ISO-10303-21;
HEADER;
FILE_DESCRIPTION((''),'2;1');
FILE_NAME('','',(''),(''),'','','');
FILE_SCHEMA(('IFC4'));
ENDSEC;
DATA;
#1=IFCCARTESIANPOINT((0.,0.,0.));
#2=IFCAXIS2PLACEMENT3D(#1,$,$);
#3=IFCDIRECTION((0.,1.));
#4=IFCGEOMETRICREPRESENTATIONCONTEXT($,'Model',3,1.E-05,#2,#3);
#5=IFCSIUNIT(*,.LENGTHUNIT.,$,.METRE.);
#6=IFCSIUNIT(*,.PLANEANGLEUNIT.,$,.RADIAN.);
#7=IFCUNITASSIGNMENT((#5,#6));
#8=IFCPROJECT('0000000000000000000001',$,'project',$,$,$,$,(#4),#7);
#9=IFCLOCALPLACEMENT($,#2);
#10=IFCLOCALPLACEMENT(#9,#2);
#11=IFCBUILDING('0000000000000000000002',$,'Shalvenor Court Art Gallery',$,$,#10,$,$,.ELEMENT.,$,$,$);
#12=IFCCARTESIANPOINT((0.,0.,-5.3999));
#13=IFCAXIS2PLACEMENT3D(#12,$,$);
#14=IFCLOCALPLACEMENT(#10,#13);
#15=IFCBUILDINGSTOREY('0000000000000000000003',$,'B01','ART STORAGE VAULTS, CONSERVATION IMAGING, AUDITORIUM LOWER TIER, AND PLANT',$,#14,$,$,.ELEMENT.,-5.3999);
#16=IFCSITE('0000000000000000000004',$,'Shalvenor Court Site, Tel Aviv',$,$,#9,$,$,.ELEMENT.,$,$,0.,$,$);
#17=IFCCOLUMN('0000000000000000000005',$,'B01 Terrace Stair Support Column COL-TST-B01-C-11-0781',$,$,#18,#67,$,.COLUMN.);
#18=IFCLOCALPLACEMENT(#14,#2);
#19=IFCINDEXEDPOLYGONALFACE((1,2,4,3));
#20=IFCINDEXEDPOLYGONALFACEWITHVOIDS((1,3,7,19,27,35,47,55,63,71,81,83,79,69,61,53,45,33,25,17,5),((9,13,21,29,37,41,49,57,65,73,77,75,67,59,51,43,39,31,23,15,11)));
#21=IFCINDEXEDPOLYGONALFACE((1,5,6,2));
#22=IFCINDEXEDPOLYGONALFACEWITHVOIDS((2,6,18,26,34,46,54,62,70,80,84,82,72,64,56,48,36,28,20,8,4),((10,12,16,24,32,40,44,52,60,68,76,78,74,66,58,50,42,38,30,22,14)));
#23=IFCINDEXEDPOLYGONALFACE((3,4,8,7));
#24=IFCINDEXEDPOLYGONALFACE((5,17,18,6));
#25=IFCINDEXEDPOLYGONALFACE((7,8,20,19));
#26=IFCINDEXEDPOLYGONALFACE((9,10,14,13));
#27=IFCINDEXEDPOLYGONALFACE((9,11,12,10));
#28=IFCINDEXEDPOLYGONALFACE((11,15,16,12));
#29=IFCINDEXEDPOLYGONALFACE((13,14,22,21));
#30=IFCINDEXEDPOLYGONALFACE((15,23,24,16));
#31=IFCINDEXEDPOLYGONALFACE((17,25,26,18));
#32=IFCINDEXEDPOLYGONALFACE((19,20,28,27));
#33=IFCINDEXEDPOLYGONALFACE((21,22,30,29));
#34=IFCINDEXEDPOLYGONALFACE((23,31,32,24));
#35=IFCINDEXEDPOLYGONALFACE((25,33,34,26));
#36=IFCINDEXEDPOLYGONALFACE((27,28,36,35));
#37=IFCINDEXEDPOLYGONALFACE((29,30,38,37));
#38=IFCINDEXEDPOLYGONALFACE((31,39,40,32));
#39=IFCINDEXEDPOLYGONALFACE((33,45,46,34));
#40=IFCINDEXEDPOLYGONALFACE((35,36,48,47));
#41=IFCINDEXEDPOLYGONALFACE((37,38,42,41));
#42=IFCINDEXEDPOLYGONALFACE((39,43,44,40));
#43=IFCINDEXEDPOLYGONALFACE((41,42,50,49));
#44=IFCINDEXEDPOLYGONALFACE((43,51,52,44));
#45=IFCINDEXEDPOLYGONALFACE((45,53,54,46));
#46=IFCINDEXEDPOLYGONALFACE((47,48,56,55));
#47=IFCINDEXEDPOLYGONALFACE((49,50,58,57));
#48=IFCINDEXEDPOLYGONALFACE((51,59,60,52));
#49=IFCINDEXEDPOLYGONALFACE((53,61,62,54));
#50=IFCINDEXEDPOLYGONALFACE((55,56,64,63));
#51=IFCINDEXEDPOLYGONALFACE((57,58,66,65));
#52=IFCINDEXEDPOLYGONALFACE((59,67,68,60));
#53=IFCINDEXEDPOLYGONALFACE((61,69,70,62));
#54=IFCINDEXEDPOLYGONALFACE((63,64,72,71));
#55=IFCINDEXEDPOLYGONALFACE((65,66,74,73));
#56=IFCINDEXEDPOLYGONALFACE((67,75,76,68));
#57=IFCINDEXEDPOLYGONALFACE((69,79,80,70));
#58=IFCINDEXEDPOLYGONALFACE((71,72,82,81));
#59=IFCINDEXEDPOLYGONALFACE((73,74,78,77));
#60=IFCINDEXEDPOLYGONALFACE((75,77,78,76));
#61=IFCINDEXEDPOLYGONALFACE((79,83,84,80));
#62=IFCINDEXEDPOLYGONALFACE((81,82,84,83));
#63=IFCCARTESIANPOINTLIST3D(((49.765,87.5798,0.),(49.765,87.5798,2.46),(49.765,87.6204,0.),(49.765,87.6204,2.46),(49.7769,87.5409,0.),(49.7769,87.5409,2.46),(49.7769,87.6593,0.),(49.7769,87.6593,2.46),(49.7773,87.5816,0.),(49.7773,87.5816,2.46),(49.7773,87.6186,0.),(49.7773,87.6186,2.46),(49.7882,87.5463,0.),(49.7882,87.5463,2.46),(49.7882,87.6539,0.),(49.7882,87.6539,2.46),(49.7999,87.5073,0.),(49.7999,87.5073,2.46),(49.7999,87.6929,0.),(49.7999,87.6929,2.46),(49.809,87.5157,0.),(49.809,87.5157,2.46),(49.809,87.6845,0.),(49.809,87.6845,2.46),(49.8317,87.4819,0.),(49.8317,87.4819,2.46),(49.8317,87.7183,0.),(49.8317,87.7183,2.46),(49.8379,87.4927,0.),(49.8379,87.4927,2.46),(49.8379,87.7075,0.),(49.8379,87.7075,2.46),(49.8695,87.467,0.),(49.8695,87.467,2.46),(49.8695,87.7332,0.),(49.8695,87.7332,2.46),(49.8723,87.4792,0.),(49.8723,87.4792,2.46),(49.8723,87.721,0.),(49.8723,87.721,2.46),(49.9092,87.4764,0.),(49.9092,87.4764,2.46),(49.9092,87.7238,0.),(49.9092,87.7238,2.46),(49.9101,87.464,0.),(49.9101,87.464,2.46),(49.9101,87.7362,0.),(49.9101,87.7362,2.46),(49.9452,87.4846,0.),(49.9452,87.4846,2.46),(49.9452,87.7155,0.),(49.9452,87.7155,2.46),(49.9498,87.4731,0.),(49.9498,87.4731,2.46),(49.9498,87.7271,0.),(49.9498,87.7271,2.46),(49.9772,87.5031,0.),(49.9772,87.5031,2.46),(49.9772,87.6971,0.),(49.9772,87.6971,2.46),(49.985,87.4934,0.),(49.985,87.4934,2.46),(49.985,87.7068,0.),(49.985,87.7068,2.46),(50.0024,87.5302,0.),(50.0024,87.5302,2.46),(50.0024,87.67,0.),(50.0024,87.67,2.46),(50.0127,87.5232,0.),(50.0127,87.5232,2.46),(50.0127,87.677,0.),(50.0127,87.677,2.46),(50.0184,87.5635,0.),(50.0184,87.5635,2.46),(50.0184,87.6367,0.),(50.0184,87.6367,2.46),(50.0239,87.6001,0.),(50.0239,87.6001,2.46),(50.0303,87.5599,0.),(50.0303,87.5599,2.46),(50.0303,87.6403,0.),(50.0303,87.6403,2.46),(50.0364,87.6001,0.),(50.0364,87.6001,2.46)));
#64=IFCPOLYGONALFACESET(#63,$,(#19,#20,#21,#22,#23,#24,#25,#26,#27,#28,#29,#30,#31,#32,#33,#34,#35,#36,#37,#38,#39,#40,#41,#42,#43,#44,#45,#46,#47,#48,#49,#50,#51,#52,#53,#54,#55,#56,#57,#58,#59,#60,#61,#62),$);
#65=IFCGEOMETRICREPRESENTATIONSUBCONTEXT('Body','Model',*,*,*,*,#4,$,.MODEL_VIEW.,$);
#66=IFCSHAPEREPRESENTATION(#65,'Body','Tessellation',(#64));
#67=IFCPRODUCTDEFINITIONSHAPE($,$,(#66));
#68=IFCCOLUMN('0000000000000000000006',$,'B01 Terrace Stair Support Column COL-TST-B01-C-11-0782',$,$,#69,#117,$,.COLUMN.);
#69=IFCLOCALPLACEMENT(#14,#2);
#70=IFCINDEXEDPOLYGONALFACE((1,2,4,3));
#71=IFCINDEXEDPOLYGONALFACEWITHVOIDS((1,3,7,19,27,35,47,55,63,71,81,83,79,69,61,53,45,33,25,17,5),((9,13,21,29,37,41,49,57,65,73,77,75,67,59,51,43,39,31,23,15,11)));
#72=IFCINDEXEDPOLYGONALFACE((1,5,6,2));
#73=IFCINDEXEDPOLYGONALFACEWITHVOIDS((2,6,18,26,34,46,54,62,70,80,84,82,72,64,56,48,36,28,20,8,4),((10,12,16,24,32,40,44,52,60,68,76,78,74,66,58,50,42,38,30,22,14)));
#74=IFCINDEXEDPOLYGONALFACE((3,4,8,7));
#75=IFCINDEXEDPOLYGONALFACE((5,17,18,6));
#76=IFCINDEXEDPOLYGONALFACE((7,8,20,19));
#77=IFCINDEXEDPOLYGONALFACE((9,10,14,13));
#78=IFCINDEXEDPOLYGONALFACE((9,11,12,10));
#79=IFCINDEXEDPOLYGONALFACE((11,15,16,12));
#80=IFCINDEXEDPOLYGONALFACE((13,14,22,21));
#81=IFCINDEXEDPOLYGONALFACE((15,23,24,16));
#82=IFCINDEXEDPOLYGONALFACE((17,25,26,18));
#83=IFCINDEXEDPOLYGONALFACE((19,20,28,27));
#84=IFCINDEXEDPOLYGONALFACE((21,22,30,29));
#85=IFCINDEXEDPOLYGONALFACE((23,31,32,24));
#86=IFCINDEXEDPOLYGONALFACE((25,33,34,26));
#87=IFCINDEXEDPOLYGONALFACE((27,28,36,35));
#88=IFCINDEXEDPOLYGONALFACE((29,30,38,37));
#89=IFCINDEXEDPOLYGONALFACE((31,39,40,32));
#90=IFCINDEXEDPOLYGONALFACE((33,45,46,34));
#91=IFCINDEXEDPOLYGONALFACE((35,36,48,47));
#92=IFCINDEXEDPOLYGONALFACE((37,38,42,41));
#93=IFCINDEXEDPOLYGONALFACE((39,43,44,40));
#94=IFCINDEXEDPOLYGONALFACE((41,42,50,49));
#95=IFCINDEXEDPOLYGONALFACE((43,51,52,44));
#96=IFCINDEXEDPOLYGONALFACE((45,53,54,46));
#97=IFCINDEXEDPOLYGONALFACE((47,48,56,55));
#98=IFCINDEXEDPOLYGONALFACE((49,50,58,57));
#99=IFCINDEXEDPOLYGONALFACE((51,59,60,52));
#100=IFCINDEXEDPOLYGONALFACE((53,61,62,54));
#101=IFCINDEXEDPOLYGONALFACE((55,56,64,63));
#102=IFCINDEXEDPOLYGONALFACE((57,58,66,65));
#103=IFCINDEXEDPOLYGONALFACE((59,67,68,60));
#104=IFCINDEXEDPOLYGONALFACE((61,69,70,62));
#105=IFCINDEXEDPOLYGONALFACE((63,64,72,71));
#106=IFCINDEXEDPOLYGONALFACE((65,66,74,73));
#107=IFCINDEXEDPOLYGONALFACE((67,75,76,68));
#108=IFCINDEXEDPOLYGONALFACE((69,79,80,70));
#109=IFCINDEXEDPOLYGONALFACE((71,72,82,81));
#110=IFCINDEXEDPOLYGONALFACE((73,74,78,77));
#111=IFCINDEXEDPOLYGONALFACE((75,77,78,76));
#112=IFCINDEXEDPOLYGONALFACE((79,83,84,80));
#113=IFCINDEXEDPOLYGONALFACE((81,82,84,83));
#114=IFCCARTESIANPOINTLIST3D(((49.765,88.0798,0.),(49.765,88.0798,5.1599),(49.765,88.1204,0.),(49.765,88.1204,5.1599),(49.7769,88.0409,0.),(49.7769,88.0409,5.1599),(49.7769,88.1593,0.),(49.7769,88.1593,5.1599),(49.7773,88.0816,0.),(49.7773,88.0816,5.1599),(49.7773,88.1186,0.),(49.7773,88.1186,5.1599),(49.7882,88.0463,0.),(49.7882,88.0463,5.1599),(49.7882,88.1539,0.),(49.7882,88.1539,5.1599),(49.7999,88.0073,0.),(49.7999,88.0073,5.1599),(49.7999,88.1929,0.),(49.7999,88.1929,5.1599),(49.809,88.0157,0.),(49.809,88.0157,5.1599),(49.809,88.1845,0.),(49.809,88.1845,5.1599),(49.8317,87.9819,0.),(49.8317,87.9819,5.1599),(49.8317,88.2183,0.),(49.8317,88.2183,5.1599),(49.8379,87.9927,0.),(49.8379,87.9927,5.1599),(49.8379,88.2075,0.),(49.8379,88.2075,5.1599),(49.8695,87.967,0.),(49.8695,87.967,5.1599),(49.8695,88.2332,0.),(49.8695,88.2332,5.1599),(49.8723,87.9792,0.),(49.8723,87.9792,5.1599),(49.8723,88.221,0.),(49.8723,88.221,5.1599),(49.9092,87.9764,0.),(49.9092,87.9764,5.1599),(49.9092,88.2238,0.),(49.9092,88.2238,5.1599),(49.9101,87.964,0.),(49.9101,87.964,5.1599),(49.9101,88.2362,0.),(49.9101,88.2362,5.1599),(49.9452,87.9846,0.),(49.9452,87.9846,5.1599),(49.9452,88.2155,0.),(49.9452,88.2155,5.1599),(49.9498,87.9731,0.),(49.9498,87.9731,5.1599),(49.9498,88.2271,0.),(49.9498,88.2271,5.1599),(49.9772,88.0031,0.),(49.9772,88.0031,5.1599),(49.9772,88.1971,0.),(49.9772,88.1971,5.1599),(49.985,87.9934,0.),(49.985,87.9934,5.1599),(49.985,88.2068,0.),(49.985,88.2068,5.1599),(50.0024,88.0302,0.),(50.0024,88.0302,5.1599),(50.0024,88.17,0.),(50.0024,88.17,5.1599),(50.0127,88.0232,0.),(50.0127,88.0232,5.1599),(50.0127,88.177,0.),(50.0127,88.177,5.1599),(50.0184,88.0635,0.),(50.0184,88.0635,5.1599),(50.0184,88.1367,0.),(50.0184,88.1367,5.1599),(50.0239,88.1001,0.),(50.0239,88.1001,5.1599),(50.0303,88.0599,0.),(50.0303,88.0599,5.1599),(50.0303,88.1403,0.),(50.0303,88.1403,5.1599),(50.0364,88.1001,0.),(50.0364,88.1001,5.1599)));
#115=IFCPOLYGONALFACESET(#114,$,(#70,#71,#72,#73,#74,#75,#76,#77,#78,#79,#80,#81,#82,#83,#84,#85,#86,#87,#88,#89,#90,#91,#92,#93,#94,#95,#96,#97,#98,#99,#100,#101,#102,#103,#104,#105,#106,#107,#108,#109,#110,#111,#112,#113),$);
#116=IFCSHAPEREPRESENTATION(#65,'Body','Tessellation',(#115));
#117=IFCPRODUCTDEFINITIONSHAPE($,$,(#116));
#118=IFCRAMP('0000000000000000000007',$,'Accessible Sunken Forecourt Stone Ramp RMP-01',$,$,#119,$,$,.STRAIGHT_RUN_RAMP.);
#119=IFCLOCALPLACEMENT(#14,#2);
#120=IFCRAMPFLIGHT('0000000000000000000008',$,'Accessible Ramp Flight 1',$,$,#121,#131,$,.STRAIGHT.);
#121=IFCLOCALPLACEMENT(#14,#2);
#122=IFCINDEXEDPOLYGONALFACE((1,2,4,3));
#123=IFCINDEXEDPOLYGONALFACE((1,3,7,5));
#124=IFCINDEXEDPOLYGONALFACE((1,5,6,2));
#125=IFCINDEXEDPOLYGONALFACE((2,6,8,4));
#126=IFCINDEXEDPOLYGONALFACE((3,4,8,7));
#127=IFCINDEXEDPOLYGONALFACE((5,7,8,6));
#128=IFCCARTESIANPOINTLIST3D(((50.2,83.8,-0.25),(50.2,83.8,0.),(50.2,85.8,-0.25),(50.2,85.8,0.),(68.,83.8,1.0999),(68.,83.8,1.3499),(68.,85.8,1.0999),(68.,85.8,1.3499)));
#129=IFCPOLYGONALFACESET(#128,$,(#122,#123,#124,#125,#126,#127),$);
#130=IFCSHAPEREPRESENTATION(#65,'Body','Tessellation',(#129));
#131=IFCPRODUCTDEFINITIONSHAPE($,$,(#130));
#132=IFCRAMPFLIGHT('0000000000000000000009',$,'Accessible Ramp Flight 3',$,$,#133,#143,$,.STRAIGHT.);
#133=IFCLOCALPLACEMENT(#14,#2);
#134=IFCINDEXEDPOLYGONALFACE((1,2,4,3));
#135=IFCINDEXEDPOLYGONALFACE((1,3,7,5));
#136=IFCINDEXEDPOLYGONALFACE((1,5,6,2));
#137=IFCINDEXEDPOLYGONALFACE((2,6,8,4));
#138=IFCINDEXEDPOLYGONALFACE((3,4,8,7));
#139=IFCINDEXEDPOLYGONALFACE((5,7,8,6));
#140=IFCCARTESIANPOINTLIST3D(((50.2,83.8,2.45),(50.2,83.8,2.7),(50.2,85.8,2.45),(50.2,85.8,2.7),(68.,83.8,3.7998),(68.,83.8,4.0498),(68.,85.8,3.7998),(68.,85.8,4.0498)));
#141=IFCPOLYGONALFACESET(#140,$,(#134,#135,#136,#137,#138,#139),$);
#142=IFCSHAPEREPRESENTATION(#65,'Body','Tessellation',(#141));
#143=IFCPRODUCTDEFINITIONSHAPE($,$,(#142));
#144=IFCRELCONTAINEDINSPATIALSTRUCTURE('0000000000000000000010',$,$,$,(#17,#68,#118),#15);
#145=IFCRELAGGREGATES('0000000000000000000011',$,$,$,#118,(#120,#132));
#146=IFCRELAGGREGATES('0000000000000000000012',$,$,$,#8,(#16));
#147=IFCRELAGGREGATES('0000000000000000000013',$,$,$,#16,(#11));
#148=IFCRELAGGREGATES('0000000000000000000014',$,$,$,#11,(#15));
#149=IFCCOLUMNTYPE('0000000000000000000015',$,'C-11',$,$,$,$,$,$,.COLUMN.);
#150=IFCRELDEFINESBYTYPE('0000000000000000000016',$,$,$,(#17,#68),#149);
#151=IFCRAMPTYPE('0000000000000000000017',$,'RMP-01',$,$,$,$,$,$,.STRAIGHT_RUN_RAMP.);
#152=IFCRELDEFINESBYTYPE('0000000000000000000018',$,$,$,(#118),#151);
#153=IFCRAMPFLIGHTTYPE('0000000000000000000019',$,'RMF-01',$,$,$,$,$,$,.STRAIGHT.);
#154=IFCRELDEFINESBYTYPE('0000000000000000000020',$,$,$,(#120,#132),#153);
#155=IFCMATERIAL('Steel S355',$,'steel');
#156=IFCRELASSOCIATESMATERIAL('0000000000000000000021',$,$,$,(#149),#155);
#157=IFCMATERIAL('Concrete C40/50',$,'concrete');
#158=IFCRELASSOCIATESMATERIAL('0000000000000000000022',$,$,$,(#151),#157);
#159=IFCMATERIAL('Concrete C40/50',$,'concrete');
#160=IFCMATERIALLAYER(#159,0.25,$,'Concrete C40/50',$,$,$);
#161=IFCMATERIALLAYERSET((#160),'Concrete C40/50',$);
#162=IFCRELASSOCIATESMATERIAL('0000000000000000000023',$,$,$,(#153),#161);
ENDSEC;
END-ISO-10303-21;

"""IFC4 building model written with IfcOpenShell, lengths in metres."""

from ifc_helpers import new_model, si_unit, direction, frame, origin, origin_2d, place, context, subcontext, project, spatial, polyline, hollow_circle, outline, extrude, material, layer, layer_set, material_profile, profile_set, type_object, element, aggregate, save


model = new_model("IFC4")

# Units and contexts
model_context = context("Model", 3, precision=1e-05, world=origin(), true_north=direction((0.0, 1.0)))
body_context = subcontext(model_context, "Body", "Model", "MODEL_VIEW")
ifc_project = project(units=[si_unit("LENGTHUNIT", "METRE"), si_unit("PLANEANGLEUNIT", "RADIAN")], contexts=[model_context])

# Site, building, storey
site_placement = place(None, origin())
site = spatial("IfcSite", under=ifc_project, at=site_placement, Name="Shalvenor Court Site, Tel Aviv", CompositionType="ELEMENT", RefElevation=0.0)
building_placement = place(site_placement, origin())
building = spatial("IfcBuilding", under=site, at=building_placement, Name="Shalvenor Court Art Gallery", CompositionType="ELEMENT")
storey_placement = place(building_placement, frame((0.0, 0.0, -5.3999)))
storey = spatial("IfcBuildingStorey", under=building, at=storey_placement, Name="B01", Description="ART STORAGE VAULTS, CONSERVATION IMAGING, AUDITORIUM LOWER TIER, AND PLANT", CompositionType="ELEMENT", Elevation=-5.3999)

# Columns
ifc_material_1 = material(Name="Steel S355", Category="steel")
ifc_material_profile_1 = material_profile(ifc_material_1, hollow_circle(Radius=0.1365, WallThickness=0.0125, at=origin_2d()), Name="CHS 273.0x12.5")
ifc_profile_set_1 = profile_set([ifc_material_profile_1], Name="Steel S355")
column_type_1 = type_object("IfcColumnType", Name="C-11", PredefinedType="COLUMN", material=ifc_profile_set_1)
column_1_placement = place(storey_placement, frame((49.8999, 87.6001, 0.0), z_axis=(0.0, 0.0, 1.0), x_axis=(1.0, 0.0, 0.0)))
element("IfcColumn", 1, at=column_1_placement, inside=storey, type_object=column_type_1, Name="B01 Terrace Stair Support Column COL-TST-B01-C-11-0781", PredefinedType="COLUMN", context=body_context, shape_type="SweptSolid", body=[
    extrude(hollow_circle(Radius=0.1365, WallThickness=0.0125, at=origin_2d()), origin(), (0.0, 0.0, 1.0), 2.46),
])
column_2_placement = place(storey_placement, frame((49.8999, 88.1001, 0.0), z_axis=(0.0, 0.0, 1.0), x_axis=(1.0, 0.0, 0.0)))
element("IfcColumn", 2, at=column_2_placement, inside=storey, type_object=column_type_1, Name="B01 Terrace Stair Support Column COL-TST-B01-C-11-0782", PredefinedType="COLUMN", context=body_context, shape_type="SweptSolid", body=[
    extrude(hollow_circle(Radius=0.1365, WallThickness=0.0125, at=origin_2d()), origin(), (0.0, 0.0, 1.0), 5.1599),
])

# Ramp, ramp flights
ifc_material_2 = material(Name="Concrete C40/50", Category="concrete")
ramp_type = type_object("IfcRampType", Name="RMP-01", PredefinedType="STRAIGHT_RUN_RAMP", material=ifc_material_2)
ramp_placement = place(storey_placement, origin())
ramp = element("IfcRamp", 3, at=ramp_placement, inside=storey, type_object=ramp_type, Name="Accessible Sunken Forecourt Stone Ramp RMP-01", PredefinedType="STRAIGHT_RUN_RAMP")
ifc_material_3 = material(Name="Concrete C40/50", Category="concrete")
ifc_layer = layer(ifc_material_3, 0.25, Name="Concrete C40/50")
ifc_layer_set = layer_set([ifc_layer], Name="Concrete C40/50")
ramp_flight_type = type_object("IfcRampFlightType", Name="RMF-01", PredefinedType="STRAIGHT", material=ifc_layer_set)
ramp_flight_1_placement = place(storey_placement, frame((50.2, 84.8, 0.0), z_axis=(0.0, 0.0, 1.0), x_axis=(1.0, 0.0, 0.0)))
ramp_flight_1 = element("IfcRampFlight", 4, at=ramp_flight_1_placement, type_object=ramp_flight_type, Name="Accessible Ramp Flight 1", PredefinedType="STRAIGHT", context=body_context, shape_type="SweptSolid", body=[
    extrude(outline(polyline([(0.0, 0.0), (0.0, -0.25), (17.8, 1.0999), (17.8, 1.3499), (0.0, 0.0)])), frame((0.0, 1.0, 0.0), z_axis=(0.0, -1.0, 0.0), x_axis=(1.0, 0.0, 0.0)), (0.0, 0.0, 1.0), 2.0),
])
ramp_flight_2_placement = place(storey_placement, frame((50.2, 84.8, 2.7), z_axis=(0.0, 0.0, 1.0), x_axis=(1.0, 0.0, 0.0)))
ramp_flight_2 = element("IfcRampFlight", 5, at=ramp_flight_2_placement, type_object=ramp_flight_type, Name="Accessible Ramp Flight 3", PredefinedType="STRAIGHT", context=body_context, shape_type="SweptSolid", body=[
    extrude(outline(polyline([(0.0, 0.0), (0.0, -0.25), (17.8, 1.0999), (17.8, 1.3499), (0.0, 0.0)])), frame((0.0, 1.0, 0.0), z_axis=(0.0, -1.0, 0.0), x_axis=(1.0, 0.0, 0.0)), (0.0, 0.0, 1.0), 2.0),
])
aggregate(ramp, [ramp_flight_1, ramp_flight_2])

save(model, "model.ifc")
